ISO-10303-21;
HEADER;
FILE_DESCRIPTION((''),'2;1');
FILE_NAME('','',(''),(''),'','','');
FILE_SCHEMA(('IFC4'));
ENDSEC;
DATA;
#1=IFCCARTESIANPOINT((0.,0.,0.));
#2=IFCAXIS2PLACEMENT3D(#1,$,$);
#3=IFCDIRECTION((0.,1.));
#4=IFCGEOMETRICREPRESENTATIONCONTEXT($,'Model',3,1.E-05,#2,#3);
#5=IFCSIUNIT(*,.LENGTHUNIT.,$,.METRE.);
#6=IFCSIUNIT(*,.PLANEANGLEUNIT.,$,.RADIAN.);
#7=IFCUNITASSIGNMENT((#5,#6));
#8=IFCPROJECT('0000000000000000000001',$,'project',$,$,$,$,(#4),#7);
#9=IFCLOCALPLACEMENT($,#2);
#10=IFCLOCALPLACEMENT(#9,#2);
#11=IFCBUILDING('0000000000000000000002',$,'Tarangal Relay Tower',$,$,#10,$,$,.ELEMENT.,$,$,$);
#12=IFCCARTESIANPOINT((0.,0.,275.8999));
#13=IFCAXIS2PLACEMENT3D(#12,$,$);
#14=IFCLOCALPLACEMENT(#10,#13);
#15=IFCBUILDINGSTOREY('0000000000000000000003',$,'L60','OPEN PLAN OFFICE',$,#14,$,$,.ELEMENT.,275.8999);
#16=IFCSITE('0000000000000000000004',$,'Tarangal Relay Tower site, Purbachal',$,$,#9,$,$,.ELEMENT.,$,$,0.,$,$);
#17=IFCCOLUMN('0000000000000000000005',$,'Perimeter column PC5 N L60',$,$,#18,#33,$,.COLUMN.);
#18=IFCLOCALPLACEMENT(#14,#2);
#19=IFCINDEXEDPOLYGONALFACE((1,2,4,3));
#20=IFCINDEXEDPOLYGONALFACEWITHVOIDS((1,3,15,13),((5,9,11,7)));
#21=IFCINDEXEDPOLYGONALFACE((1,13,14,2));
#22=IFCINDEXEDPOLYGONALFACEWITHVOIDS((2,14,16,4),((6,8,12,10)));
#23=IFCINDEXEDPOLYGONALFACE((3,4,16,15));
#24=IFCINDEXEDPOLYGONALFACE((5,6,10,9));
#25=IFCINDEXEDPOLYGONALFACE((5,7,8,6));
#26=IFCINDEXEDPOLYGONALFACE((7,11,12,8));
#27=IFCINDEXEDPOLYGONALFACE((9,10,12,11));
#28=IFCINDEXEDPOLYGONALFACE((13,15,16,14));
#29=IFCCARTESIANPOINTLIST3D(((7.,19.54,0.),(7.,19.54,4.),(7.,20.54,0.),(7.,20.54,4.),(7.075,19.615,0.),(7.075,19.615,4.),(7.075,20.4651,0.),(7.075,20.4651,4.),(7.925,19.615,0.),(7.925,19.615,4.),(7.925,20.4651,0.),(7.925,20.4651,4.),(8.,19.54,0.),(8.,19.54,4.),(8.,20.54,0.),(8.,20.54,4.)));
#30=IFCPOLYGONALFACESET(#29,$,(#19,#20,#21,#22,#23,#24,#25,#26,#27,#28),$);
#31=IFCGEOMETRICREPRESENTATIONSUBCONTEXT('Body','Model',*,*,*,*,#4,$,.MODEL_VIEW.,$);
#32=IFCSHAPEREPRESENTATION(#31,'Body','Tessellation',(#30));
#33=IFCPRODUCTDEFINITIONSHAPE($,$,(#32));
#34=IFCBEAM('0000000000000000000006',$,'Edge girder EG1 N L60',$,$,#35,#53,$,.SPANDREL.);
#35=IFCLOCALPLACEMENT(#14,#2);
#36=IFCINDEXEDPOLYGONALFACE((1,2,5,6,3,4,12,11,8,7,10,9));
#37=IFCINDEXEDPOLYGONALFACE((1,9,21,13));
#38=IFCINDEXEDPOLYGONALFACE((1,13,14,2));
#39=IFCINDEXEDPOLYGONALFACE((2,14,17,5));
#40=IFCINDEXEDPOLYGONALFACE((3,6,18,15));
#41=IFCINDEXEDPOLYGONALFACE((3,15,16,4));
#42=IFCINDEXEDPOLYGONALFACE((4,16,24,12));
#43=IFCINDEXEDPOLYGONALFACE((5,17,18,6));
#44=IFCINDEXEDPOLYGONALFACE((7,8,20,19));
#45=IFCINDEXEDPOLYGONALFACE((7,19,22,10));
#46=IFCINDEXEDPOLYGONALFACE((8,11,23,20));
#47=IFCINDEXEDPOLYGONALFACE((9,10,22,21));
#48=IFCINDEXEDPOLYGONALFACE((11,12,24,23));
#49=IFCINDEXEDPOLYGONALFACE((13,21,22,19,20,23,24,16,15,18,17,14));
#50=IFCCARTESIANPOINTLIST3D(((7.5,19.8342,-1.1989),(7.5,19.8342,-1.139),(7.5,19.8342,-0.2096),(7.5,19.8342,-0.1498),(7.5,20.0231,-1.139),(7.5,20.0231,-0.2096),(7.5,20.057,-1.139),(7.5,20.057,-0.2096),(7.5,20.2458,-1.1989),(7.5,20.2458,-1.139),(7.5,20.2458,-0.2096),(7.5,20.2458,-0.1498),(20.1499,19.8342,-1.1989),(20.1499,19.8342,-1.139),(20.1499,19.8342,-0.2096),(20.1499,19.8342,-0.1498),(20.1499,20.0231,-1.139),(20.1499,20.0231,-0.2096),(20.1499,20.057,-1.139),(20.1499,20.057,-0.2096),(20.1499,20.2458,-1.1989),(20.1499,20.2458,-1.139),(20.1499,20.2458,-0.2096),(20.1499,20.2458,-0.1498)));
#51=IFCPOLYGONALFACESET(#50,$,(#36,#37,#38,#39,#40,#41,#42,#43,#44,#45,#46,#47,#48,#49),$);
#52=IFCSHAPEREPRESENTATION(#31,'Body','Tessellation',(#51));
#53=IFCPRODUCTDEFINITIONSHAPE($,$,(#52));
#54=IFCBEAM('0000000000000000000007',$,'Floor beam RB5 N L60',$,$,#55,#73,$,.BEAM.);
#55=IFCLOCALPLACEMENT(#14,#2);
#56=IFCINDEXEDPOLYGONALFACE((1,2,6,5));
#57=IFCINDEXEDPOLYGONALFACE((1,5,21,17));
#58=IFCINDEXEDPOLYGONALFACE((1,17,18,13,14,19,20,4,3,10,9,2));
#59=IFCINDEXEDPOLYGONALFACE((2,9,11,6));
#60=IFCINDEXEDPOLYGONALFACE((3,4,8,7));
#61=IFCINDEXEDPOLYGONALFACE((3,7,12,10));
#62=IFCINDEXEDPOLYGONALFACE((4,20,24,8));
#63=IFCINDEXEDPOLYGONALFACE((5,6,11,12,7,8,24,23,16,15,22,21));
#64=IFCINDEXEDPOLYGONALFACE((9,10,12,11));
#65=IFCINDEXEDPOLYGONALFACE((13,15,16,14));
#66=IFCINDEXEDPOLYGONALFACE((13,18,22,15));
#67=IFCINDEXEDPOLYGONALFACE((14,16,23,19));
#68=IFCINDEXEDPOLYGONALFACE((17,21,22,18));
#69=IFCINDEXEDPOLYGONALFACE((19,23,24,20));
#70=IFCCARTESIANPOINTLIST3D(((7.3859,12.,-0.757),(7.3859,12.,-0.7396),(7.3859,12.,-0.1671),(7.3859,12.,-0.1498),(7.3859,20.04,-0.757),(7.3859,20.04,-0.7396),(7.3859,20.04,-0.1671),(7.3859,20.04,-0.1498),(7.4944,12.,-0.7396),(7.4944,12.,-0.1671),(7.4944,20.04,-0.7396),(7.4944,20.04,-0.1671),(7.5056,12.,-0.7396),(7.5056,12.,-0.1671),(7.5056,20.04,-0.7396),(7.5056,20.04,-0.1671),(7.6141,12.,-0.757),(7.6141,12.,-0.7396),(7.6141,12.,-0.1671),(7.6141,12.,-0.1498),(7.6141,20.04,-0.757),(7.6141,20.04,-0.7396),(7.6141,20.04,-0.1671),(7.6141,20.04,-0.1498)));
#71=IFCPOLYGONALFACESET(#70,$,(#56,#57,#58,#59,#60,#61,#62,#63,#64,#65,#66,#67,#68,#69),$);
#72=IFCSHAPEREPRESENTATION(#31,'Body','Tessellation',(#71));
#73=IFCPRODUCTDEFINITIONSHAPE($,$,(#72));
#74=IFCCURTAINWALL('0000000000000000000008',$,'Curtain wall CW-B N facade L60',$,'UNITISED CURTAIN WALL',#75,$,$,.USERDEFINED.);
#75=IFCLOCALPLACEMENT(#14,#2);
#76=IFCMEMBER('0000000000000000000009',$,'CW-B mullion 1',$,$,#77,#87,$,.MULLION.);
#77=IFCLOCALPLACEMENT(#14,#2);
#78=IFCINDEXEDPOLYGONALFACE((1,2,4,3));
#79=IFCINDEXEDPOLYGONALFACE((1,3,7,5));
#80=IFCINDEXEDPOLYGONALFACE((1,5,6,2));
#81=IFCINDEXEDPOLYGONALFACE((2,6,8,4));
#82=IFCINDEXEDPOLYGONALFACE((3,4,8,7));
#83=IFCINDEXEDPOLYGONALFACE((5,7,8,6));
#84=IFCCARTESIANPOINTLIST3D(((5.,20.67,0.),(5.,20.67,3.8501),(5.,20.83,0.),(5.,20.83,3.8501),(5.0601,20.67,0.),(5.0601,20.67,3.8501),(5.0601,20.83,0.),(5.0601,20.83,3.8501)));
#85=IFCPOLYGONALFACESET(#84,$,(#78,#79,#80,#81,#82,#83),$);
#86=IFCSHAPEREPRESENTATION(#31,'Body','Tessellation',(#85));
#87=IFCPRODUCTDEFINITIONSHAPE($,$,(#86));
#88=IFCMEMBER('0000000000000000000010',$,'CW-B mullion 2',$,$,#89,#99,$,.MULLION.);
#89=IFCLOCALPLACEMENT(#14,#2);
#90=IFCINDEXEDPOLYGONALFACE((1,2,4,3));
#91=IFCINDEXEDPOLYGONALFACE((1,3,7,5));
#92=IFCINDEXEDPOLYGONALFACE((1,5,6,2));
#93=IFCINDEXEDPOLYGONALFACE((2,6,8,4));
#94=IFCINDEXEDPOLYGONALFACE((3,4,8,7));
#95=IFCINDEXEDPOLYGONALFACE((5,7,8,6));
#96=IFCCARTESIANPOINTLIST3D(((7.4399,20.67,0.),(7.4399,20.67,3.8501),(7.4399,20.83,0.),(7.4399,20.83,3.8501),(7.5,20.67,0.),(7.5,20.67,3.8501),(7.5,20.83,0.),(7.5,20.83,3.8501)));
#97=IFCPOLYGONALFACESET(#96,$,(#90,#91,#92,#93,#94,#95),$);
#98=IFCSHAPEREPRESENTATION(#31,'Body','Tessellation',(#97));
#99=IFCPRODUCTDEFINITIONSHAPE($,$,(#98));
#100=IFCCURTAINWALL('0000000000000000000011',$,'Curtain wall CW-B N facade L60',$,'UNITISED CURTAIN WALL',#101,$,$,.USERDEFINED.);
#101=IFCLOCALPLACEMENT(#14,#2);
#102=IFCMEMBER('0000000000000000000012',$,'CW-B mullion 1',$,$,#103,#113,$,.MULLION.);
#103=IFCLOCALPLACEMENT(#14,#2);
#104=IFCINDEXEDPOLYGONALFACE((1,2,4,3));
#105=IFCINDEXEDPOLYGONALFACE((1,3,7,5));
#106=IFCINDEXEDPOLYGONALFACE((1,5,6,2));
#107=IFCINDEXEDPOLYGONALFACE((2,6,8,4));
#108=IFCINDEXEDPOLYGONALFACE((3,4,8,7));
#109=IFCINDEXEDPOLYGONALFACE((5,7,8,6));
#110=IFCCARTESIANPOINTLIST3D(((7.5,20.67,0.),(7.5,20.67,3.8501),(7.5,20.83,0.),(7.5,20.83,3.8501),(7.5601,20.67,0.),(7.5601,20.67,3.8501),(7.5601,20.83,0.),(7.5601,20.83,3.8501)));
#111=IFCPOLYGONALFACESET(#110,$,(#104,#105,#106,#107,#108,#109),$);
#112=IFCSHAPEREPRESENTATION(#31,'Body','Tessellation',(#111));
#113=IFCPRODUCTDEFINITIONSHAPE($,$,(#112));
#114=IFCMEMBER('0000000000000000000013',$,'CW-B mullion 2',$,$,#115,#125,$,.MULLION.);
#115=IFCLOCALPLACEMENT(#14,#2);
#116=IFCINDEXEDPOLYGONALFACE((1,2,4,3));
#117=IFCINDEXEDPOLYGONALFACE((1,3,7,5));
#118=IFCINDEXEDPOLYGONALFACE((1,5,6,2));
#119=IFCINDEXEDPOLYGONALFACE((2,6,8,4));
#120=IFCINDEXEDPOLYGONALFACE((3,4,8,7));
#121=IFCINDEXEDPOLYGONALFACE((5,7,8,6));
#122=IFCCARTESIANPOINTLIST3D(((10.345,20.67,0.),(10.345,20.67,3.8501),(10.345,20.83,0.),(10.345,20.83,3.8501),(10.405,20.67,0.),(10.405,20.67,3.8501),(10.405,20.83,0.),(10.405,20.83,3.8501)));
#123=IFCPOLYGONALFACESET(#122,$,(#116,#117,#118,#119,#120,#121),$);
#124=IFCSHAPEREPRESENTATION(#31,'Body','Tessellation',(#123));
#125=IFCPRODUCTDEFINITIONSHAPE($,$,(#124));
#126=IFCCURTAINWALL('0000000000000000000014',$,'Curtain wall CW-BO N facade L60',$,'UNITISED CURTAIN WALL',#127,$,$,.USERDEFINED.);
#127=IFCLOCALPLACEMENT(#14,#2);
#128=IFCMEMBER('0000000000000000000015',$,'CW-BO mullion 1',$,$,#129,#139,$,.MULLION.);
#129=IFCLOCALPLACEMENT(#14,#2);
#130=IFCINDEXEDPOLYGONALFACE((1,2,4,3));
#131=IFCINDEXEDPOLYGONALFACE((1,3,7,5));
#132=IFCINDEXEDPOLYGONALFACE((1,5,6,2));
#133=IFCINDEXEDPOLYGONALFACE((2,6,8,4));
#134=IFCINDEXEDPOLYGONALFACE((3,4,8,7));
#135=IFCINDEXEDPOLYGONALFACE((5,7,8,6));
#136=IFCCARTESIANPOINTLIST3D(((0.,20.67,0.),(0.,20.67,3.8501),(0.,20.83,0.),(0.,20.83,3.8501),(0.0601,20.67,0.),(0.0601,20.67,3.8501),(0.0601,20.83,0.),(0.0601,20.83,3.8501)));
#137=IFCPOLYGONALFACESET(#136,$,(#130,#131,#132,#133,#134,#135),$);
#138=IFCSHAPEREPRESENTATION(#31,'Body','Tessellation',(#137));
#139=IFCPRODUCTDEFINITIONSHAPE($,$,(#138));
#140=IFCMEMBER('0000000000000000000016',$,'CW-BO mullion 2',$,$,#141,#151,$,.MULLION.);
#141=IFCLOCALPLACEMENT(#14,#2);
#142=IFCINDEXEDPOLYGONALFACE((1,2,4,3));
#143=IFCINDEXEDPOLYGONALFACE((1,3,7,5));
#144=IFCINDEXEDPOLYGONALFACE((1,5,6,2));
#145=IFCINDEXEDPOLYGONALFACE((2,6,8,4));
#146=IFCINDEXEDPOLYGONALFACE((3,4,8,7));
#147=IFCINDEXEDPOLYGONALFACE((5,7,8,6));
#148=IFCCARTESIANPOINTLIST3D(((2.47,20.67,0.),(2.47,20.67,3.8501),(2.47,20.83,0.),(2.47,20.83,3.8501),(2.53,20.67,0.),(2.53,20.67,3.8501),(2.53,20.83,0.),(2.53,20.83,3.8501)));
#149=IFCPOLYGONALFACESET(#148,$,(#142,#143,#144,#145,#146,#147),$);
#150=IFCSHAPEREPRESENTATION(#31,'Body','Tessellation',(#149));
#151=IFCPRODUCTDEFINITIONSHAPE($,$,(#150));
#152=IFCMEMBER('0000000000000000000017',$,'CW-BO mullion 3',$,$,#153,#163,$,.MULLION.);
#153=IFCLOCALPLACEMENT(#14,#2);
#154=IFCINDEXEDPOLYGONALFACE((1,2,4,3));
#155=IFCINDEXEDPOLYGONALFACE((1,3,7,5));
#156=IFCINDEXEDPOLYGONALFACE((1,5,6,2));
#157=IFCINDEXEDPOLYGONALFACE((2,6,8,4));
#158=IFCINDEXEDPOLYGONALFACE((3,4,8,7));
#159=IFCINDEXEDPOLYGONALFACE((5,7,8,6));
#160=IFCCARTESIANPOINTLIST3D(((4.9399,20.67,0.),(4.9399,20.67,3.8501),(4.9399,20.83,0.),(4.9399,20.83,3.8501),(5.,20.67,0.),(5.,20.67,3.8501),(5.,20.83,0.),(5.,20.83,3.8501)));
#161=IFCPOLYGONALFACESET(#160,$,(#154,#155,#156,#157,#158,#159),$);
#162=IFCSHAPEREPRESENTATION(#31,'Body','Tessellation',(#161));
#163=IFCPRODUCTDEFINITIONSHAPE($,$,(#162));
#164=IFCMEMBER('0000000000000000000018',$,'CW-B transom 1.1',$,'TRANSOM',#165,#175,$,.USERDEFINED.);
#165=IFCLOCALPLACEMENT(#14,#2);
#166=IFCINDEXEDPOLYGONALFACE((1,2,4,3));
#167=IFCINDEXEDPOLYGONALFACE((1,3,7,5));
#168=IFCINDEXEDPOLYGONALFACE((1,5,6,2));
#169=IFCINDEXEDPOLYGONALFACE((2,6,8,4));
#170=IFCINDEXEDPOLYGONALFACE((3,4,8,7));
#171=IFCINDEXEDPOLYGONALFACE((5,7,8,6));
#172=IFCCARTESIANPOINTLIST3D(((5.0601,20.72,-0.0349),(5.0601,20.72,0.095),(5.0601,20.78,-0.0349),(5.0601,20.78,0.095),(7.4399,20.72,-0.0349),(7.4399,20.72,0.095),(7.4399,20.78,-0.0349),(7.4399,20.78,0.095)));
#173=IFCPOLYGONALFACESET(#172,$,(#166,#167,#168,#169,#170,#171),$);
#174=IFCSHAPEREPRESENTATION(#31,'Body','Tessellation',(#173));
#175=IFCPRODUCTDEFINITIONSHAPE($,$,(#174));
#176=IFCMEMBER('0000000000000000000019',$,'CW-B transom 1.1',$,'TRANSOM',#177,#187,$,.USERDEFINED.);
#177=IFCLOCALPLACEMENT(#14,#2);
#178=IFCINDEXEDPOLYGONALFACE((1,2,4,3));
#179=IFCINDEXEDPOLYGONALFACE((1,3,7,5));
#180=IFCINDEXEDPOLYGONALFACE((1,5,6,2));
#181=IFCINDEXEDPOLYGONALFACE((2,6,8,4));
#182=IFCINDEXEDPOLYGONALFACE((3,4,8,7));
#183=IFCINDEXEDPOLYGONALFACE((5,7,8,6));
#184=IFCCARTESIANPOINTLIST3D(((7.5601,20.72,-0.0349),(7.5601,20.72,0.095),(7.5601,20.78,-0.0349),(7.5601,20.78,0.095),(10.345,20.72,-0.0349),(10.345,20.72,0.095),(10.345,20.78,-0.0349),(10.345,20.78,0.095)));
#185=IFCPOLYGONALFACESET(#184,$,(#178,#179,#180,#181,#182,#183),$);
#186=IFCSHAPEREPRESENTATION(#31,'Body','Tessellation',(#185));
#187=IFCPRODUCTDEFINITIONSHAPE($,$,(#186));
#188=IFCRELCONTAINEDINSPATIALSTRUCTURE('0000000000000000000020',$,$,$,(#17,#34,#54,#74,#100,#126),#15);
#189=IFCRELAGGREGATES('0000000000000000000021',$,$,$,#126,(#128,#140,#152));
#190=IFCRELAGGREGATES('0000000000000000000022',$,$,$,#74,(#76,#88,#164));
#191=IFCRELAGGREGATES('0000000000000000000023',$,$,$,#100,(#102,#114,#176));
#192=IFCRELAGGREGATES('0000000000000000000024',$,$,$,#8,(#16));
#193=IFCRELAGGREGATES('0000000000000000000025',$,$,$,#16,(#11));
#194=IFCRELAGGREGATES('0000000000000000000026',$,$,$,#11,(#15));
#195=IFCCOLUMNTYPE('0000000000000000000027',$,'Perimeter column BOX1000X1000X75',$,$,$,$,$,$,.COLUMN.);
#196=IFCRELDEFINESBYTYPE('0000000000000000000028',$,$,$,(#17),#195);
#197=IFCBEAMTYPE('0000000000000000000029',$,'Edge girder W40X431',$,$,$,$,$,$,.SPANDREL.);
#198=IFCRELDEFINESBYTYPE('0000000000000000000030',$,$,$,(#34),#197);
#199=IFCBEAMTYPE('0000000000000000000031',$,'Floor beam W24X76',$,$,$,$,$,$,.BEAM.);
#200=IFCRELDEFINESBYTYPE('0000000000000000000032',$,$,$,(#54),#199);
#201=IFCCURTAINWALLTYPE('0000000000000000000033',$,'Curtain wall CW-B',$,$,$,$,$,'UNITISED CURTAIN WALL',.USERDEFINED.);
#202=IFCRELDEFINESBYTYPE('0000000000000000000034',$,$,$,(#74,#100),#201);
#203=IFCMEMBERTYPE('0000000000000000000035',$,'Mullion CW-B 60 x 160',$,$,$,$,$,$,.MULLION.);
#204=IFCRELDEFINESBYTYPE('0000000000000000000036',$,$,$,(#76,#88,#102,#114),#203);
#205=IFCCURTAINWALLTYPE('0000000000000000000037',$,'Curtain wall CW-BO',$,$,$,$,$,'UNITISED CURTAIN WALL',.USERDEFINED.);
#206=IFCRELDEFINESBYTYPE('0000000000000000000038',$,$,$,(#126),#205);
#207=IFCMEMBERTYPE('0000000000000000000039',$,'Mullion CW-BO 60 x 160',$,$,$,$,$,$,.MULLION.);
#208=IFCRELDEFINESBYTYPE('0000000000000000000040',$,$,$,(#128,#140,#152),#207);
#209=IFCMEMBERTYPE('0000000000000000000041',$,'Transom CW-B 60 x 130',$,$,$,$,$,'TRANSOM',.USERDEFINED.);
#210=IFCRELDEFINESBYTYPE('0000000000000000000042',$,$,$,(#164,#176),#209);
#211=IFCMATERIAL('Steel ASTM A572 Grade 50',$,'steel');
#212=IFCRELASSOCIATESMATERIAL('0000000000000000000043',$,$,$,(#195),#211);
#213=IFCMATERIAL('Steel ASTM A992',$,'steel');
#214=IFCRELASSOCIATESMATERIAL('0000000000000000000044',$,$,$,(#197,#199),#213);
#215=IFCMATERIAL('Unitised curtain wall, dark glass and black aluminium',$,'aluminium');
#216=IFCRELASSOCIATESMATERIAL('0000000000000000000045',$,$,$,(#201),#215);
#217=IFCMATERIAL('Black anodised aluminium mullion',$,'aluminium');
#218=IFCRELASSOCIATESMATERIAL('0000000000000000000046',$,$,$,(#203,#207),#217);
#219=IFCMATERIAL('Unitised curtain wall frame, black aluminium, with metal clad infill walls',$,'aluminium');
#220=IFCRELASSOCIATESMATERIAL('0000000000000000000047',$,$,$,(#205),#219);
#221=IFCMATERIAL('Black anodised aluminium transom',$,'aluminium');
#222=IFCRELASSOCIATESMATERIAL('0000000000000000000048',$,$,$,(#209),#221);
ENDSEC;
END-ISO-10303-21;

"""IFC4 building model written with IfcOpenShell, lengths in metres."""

from ifc_helpers import new_model, si_unit, direction, frame, origin, origin_2d, place, context, subcontext, project, spatial, rectangle, hollow_rectangle, i_section, extrude, material, material_profile, profile_set, type_object, element, aggregate, save


model = new_model("IFC4")

# Units and contexts
model_context = context("Model", 3, precision=1e-05, world=origin(), true_north=direction((0.0, 1.0)))
body_context = subcontext(model_context, "Body", "Model", "MODEL_VIEW")
ifc_project = project(units=[si_unit("LENGTHUNIT", "METRE"), si_unit("PLANEANGLEUNIT", "RADIAN")], contexts=[model_context])

# Site, building, storey
site_placement = place(None, origin())
site = spatial("IfcSite", under=ifc_project, at=site_placement, Name="Tarangal Relay Tower site, Purbachal", CompositionType="ELEMENT", RefElevation=0.0)
building_placement = place(site_placement, origin())
building = spatial("IfcBuilding", under=site, at=building_placement, Name="Tarangal Relay Tower", CompositionType="ELEMENT")
storey_placement = place(building_placement, frame((0.0, 0.0, 275.8999)))
storey = spatial("IfcBuildingStorey", under=building, at=storey_placement, Name="L60", Description="OPEN PLAN OFFICE", CompositionType="ELEMENT", Elevation=275.8999)

# Column
ifc_material_1 = material(Name="Steel ASTM A572 Grade 50", Category="steel")
ifc_material_profile_1 = material_profile(ifc_material_1, hollow_rectangle(XDim=1.0, YDim=1.0, WallThickness=0.075, at=origin_2d()), Name="BOX1000X1000X75")
ifc_profile_set_1 = profile_set([ifc_material_profile_1], Name="Steel ASTM A572 Grade 50")
column_type = type_object("IfcColumnType", Name="Perimeter column BOX1000X1000X75", PredefinedType="COLUMN", material=ifc_profile_set_1)
column_placement = place(storey_placement, frame((7.5, 20.04, 0.0), z_axis=(0.0, 0.0, 1.0), x_axis=(1.0, 0.0, 0.0)))
element("IfcColumn", 1, at=column_placement, inside=storey, type_object=column_type, Name="Perimeter column PC5 N L60", PredefinedType="COLUMN", context=body_context, shape_type="SweptSolid", body=[
    extrude(hollow_rectangle(XDim=1.0, YDim=1.0, WallThickness=0.075, at=origin_2d()), origin(), (0.0, 0.0, 1.0), 4.0),
])

# Beams
ifc_material_2 = material(Name="Steel ASTM A992", Category="steel")
ifc_material_profile_2 = material_profile(ifc_material_2, i_section(OverallWidth=0.4116, OverallDepth=1.0491, WebThickness=0.0339, FlangeThickness=0.0598, at=origin_2d()), Name="W40X431")
ifc_profile_set_2 = profile_set([ifc_material_profile_2], Name="Steel ASTM A992")
beam_type_1 = type_object("IfcBeamType", Name="Edge girder W40X431", PredefinedType="SPANDREL", material=ifc_profile_set_2)
beam_1_placement = place(storey_placement, frame((7.5, 20.04, -0.6743), z_axis=(1.0, 0.0, 0.0), x_axis=(0.0, 1.0, 0.0)))
element("IfcBeam", 2, at=beam_1_placement, inside=storey, type_object=beam_type_1, Name="Edge girder EG1 N L60", PredefinedType="SPANDREL", context=body_context, shape_type="SweptSolid", body=[
    extrude(i_section(OverallWidth=0.4116, OverallDepth=1.0491, WebThickness=0.0339, FlangeThickness=0.0598, at=origin_2d()), origin(), (0.0, 0.0, 1.0), 12.6499),
])
ifc_material_profile_3 = material_profile(ifc_material_2, i_section(OverallWidth=0.2283, OverallDepth=0.6072, WebThickness=0.0112, FlangeThickness=0.0173, at=origin_2d()), Name="W24X76")
ifc_profile_set_3 = profile_set([ifc_material_profile_3], Name="Steel ASTM A992")
beam_type_2 = type_object("IfcBeamType", Name="Floor beam W24X76", PredefinedType="BEAM", material=ifc_profile_set_3)
beam_2_placement = place(storey_placement, frame((7.5, 12.0, -0.4534), z_axis=(0.0, 1.0, 0.0), x_axis=(-1.0, 0.0, 0.0)))
element("IfcBeam", 3, at=beam_2_placement, inside=storey, type_object=beam_type_2, Name="Floor beam RB5 N L60", PredefinedType="BEAM", context=body_context, shape_type="SweptSolid", body=[
    extrude(i_section(OverallWidth=0.2283, OverallDepth=0.6072, WebThickness=0.0112, FlangeThickness=0.0173, at=origin_2d()), origin(), (0.0, 0.0, 1.0), 8.04),
])

# Curtain walls, members
ifc_material_3 = material(Name="Unitised curtain wall, dark glass and black aluminium", Category="aluminium")
curtain_wall_type_1 = type_object("IfcCurtainWallType", Name="Curtain wall CW-B", ElementType="UNITISED CURTAIN WALL", PredefinedType="USERDEFINED", material=ifc_material_3)
curtain_wall_1_placement = place(storey_placement, origin())
curtain_wall_1 = element("IfcCurtainWall", 4, at=curtain_wall_1_placement, inside=storey, type_object=curtain_wall_type_1, Name="Curtain wall CW-B N facade L60", ObjectType="UNITISED CURTAIN WALL", PredefinedType="USERDEFINED")
ifc_material_4 = material(Name="Black anodised aluminium mullion", Category="aluminium")
ifc_material_profile_4 = material_profile(ifc_material_4, rectangle(XDim=0.1599, YDim=0.0601, at=origin_2d()), Name="CW-BM 60X160")
ifc_profile_set_4 = profile_set([ifc_material_profile_4], Name="Black anodised aluminium mullion")
member_type_1 = type_object("IfcMemberType", Name="Mullion CW-B 60 x 160", PredefinedType="MULLION", material=ifc_profile_set_4)
member_1_placement = place(storey_placement, frame((5.03, 20.75, 0.0), z_axis=(0.0, 0.0, 1.0), x_axis=(0.0, 1.0, 0.0)))
member_1 = element("IfcMember", 5, at=member_1_placement, type_object=member_type_1, Name="CW-B mullion 1", PredefinedType="MULLION", context=body_context, shape_type="SweptSolid", body=[
    extrude(rectangle(XDim=0.1599, YDim=0.0601, at=origin_2d()), origin(), (0.0, 0.0, 1.0), 3.8501),
])
member_2_placement = place(storey_placement, frame((7.47, 20.75, 0.0), z_axis=(0.0, 0.0, 1.0), x_axis=(0.0, 1.0, 0.0)))
member_2 = element("IfcMember", 6, at=member_2_placement, type_object=member_type_1, Name="CW-B mullion 2", PredefinedType="MULLION", context=body_context, shape_type="SweptSolid", body=[
    extrude(rectangle(XDim=0.1599, YDim=0.0601, at=origin_2d()), origin(), (0.0, 0.0, 1.0), 3.8501),
])
curtain_wall_2_placement = place(storey_placement, origin())
curtain_wall_2 = element("IfcCurtainWall", 7, at=curtain_wall_2_placement, inside=storey, type_object=curtain_wall_type_1, Name="Curtain wall CW-B N facade L60", ObjectType="UNITISED CURTAIN WALL", PredefinedType="USERDEFINED")
member_3_placement = place(storey_placement, frame((7.53, 20.75, 0.0), z_axis=(0.0, 0.0, 1.0), x_axis=(0.0, 1.0, 0.0)))
member_3 = element("IfcMember", 8, at=member_3_placement, type_object=member_type_1, Name="CW-B mullion 1", PredefinedType="MULLION", context=body_context, shape_type="SweptSolid", body=[
    extrude(rectangle(XDim=0.1599, YDim=0.0601, at=origin_2d()), origin(), (0.0, 0.0, 1.0), 3.8501),
])
member_4_placement = place(storey_placement, frame((10.375, 20.75, 0.0), z_axis=(0.0, 0.0, 1.0), x_axis=(0.0, 1.0, 0.0)))
member_4 = element("IfcMember", 9, at=member_4_placement, type_object=member_type_1, Name="CW-B mullion 2", PredefinedType="MULLION", context=body_context, shape_type="SweptSolid", body=[
    extrude(rectangle(XDim=0.1599, YDim=0.0601, at=origin_2d()), origin(), (0.0, 0.0, 1.0), 3.8501),
])
ifc_material_5 = material(Name="Unitised curtain wall frame, black aluminium, with metal clad infill walls", Category="aluminium")
curtain_wall_type_2 = type_object("IfcCurtainWallType", Name="Curtain wall CW-BO", ElementType="UNITISED CURTAIN WALL", PredefinedType="USERDEFINED", material=ifc_material_5)
curtain_wall_3_placement = place(storey_placement, origin())
curtain_wall_3 = element("IfcCurtainWall", 10, at=curtain_wall_3_placement, inside=storey, type_object=curtain_wall_type_2, Name="Curtain wall CW-BO N facade L60", ObjectType="UNITISED CURTAIN WALL", PredefinedType="USERDEFINED")
ifc_material_profile_5 = material_profile(ifc_material_4, rectangle(XDim=0.1599, YDim=0.0601, at=origin_2d()), Name="CW-BOM 60X160")
ifc_profile_set_5 = profile_set([ifc_material_profile_5], Name="Black anodised aluminium mullion")
member_type_2 = type_object("IfcMemberType", Name="Mullion CW-BO 60 x 160", PredefinedType="MULLION", material=ifc_profile_set_5)
member_5_placement = place(storey_placement, frame((0.03, 20.75, 0.0), z_axis=(0.0, 0.0, 1.0), x_axis=(0.0, 1.0, 0.0)))
member_5 = element("IfcMember", 11, at=member_5_placement, type_object=member_type_2, Name="CW-BO mullion 1", PredefinedType="MULLION", context=body_context, shape_type="SweptSolid", body=[
    extrude(rectangle(XDim=0.1599, YDim=0.0601, at=origin_2d()), origin(), (0.0, 0.0, 1.0), 3.8501),
])
member_6_placement = place(storey_placement, frame((2.5, 20.75, 0.0), z_axis=(0.0, 0.0, 1.0), x_axis=(0.0, 1.0, 0.0)))
member_6 = element("IfcMember", 12, at=member_6_placement, type_object=member_type_2, Name="CW-BO mullion 2", PredefinedType="MULLION", context=body_context, shape_type="SweptSolid", body=[
    extrude(rectangle(XDim=0.1599, YDim=0.0601, at=origin_2d()), origin(), (0.0, 0.0, 1.0), 3.8501),
])
member_7_placement = place(storey_placement, frame((4.97, 20.75, 0.0), z_axis=(0.0, 0.0, 1.0), x_axis=(0.0, 1.0, 0.0)))
member_7 = element("IfcMember", 13, at=member_7_placement, type_object=member_type_2, Name="CW-BO mullion 3", PredefinedType="MULLION", context=body_context, shape_type="SweptSolid", body=[
    extrude(rectangle(XDim=0.1599, YDim=0.0601, at=origin_2d()), origin(), (0.0, 0.0, 1.0), 3.8501),
])

# Members
ifc_material_6 = material(Name="Black anodised aluminium transom", Category="aluminium")
ifc_material_profile_6 = material_profile(ifc_material_6, rectangle(XDim=0.0601, YDim=0.1299, at=origin_2d()), Name="CW-BT 60X130")
ifc_profile_set_6 = profile_set([ifc_material_profile_6], Name="Black anodised aluminium transom")
member_type_3 = type_object("IfcMemberType", Name="Transom CW-B 60 x 130", ElementType="TRANSOM", PredefinedType="USERDEFINED", material=ifc_profile_set_6)
member_8_placement = place(storey_placement, frame((5.0601, 20.75, 0.03), z_axis=(1.0, 0.0, 0.0), x_axis=(0.0, 1.0, 0.0)))
member_8 = element("IfcMember", 14, at=member_8_placement, type_object=member_type_3, Name="CW-B transom 1.1", ObjectType="TRANSOM", PredefinedType="USERDEFINED", context=body_context, shape_type="SweptSolid", body=[
    extrude(rectangle(XDim=0.0601, YDim=0.1299, at=origin_2d()), origin(), (0.0, 0.0, 1.0), 2.3799),
])
member_9_placement = place(storey_placement, frame((7.5601, 20.75, 0.03), z_axis=(1.0, 0.0, 0.0), x_axis=(0.0, 1.0, 0.0)))
member_9 = element("IfcMember", 15, at=member_9_placement, type_object=member_type_3, Name="CW-B transom 1.1", ObjectType="TRANSOM", PredefinedType="USERDEFINED", context=body_context, shape_type="SweptSolid", body=[
    extrude(rectangle(XDim=0.0601, YDim=0.1299, at=origin_2d()), origin(), (0.0, 0.0, 1.0), 2.7849),
])
aggregate(curtain_wall_3, [member_5, member_6, member_7])

aggregate(curtain_wall_1, [member_1, member_2, member_8])
aggregate(curtain_wall_2, [member_3, member_4, member_9])

save(model, "model.ifc")
